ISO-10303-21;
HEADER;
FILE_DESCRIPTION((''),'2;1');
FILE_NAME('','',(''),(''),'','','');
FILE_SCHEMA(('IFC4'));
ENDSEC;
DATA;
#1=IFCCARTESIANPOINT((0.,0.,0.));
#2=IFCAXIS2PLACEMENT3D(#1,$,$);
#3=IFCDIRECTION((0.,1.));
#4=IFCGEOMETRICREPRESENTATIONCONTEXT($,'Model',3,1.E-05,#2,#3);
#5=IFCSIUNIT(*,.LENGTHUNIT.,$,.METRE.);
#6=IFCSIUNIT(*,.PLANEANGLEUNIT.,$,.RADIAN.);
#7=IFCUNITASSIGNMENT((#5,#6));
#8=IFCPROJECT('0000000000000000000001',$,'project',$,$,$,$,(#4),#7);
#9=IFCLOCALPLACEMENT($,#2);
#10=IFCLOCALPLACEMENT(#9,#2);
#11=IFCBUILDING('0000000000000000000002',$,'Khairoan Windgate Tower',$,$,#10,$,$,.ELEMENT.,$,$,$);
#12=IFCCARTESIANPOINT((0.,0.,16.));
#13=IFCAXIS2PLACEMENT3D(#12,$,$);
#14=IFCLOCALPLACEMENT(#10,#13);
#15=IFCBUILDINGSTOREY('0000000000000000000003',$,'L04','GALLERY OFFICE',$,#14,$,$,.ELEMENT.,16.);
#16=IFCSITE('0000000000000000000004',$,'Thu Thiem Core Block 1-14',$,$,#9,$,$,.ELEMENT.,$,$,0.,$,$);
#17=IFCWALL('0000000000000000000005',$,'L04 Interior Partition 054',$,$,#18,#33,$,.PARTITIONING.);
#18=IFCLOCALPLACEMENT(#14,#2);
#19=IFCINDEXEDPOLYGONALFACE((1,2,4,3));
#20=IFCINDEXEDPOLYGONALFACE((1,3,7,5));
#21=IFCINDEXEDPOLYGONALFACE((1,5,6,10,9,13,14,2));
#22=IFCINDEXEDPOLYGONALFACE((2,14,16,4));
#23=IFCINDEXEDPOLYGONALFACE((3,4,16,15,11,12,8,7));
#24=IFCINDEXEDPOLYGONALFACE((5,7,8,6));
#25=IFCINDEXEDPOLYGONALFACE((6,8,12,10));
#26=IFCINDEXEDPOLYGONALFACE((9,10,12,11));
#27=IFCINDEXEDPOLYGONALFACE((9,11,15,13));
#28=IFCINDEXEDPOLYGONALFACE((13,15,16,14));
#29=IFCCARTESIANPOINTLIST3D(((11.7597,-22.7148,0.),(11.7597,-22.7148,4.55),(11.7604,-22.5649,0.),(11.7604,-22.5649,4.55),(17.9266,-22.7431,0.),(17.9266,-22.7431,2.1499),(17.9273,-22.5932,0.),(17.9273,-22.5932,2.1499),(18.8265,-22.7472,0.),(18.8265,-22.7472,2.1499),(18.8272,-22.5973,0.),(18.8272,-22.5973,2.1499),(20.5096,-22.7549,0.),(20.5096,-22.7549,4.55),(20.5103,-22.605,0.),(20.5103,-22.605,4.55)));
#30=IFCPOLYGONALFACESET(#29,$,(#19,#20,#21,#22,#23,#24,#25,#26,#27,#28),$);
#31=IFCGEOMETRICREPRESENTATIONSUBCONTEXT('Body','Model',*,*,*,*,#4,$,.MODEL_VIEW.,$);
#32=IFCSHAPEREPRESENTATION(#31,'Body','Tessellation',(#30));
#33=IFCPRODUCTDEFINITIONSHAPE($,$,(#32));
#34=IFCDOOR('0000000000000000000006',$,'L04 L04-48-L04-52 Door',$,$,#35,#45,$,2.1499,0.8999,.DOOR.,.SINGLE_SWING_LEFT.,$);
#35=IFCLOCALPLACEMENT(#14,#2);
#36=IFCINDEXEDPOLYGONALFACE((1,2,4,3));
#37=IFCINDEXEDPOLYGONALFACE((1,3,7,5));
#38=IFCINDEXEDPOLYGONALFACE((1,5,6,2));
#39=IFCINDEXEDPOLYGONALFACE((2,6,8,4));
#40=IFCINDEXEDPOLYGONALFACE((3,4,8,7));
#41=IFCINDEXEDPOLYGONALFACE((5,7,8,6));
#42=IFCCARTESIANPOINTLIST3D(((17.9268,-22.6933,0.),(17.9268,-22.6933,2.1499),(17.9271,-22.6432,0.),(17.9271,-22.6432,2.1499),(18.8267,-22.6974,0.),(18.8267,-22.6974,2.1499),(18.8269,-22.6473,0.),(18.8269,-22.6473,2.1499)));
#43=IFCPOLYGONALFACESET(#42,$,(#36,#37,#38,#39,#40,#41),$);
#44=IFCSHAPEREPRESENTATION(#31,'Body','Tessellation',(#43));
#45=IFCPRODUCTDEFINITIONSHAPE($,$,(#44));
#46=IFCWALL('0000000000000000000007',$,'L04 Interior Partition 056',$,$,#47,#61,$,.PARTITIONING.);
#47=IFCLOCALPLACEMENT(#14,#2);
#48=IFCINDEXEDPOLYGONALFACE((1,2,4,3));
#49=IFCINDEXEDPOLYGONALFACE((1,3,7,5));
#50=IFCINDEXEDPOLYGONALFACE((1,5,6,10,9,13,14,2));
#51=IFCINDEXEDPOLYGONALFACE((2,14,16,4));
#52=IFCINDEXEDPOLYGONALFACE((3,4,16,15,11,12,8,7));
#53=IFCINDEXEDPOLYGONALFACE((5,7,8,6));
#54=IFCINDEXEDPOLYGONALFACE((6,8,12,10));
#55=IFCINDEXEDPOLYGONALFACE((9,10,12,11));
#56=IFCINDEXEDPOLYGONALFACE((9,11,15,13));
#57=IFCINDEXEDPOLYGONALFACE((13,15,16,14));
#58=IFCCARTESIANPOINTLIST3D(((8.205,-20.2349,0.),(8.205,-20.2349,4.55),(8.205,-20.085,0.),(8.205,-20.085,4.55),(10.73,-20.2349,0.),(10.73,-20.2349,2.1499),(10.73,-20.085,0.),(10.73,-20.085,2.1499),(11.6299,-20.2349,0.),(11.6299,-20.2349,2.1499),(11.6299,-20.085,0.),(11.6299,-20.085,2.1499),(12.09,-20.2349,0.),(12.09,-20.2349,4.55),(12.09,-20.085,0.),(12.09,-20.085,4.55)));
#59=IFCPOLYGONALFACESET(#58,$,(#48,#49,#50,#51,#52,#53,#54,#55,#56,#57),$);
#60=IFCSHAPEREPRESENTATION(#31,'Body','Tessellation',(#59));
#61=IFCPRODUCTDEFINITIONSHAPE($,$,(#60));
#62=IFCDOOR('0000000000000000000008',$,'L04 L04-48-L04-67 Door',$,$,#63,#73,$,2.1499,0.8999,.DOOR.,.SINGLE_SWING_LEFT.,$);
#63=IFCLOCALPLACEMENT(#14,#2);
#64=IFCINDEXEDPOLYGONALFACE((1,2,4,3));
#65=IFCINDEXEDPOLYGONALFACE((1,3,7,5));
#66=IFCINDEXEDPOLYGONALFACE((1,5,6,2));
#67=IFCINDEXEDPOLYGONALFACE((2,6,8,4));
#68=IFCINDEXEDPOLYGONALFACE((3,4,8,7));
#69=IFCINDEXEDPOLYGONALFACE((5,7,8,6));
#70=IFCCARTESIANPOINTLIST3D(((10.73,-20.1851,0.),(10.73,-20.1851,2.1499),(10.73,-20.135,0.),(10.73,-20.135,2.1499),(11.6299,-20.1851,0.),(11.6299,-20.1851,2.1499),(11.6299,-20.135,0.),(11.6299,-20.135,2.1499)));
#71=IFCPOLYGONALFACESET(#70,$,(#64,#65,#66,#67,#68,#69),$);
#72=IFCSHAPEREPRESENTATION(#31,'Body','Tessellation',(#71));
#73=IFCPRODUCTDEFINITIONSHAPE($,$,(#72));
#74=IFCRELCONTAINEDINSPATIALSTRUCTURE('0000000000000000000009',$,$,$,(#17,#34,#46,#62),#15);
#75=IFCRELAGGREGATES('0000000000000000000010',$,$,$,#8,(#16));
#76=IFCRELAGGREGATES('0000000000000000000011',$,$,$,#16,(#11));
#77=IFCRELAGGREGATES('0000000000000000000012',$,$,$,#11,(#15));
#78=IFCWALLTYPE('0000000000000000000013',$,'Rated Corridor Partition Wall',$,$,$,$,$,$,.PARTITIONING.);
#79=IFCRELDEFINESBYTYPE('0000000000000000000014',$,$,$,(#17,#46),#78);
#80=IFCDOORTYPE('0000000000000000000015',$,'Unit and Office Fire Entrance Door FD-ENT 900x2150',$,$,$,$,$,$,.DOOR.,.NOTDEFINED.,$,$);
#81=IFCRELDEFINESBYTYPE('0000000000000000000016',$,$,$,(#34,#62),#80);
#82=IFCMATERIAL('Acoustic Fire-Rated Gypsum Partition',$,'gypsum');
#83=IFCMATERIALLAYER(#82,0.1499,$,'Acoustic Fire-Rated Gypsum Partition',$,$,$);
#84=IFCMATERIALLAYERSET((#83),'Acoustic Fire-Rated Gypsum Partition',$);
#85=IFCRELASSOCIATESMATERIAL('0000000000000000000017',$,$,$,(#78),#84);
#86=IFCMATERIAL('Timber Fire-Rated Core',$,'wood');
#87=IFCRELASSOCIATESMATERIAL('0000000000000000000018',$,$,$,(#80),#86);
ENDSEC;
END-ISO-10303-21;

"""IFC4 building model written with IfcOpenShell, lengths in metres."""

from ifc_helpers import new_model, si_unit, direction, frame, frame_2d, origin, place, context, subcontext, project, spatial, rectangle, extrude, material, layer, layer_set, type_object, element, fill, save


model = new_model("IFC4")

# Units and contexts
model_context = context("Model", 3, precision=1e-05, world=origin(), true_north=direction((0.0, 1.0)))
body_context = subcontext(model_context, "Body", "Model", "MODEL_VIEW")
ifc_project = project(units=[si_unit("LENGTHUNIT", "METRE"), si_unit("PLANEANGLEUNIT", "RADIAN")], contexts=[model_context])

# Site, building, storey
site_placement = place(None, origin())
site = spatial("IfcSite", under=ifc_project, at=site_placement, Name="Thu Thiem Core Block 1-14", CompositionType="ELEMENT", RefElevation=0.0)
building_placement = place(site_placement, origin())
building = spatial("IfcBuilding", under=site, at=building_placement, Name="Khairoan Windgate Tower", CompositionType="ELEMENT")
storey_placement = place(building_placement, frame((0.0, 0.0, 16.0)))
storey = spatial("IfcBuildingStorey", under=building, at=storey_placement, Name="L04", Description="GALLERY OFFICE", CompositionType="ELEMENT", Elevation=16.0)

# Walls, openings, doors
ifc_material_1 = material(Name="Acoustic Fire-Rated Gypsum Partition", Category="gypsum")
ifc_layer_1 = layer(ifc_material_1, 0.1499, Name="Acoustic Fire-Rated Gypsum Partition")
ifc_layer_set_1 = layer_set([ifc_layer_1], Name="Acoustic Fire-Rated Gypsum Partition")
wall_type_1 = type_object("IfcWallType", Name="Rated Corridor Partition Wall", PredefinedType="PARTITIONING", material=ifc_layer_set_1)
ifc_material_2 = material(Name="Timber Fire-Rated Core", Category="wood")
door_type_1 = type_object("IfcDoorType", Name="Unit and Office Fire Entrance Door FD-ENT 900x2150", OperationType="NOTDEFINED", PredefinedType="DOOR", material=ifc_material_2)
wall_1_placement = place(storey_placement, frame((11.76, -22.6399, 0.0), z_axis=(0.0, 0.0, 1.0), x_axis=(0.99999, -0.004576, 0.0)))
wall_1 = element("IfcWall", 1, at=wall_1_placement, inside=storey, type_object=wall_type_1, Name="L04 Interior Partition 054", PredefinedType="PARTITIONING", context=body_context, shape_type="SweptSolid", body=[
    extrude(rectangle(XDim=8.75, YDim=0.1499, at=frame_2d((4.375, 0.0))), origin(), (0.0, 0.0, 1.0), 4.55),
])
opening_1_placement = place(wall_1_placement, frame((6.167, 0.0, 0.0)))
opening_1 = element("IfcOpeningElement", 2, at=opening_1_placement, cuts=wall_1, PredefinedType="OPENING", context=body_context, shape_type="SweptSolid", body=[
    extrude(rectangle(XDim=0.8999, YDim=2.1499, at=frame_2d((0.45, 1.075))), frame((0.0, 0.085, 0.0), z_axis=(0.0, -1.0, 0.0), x_axis=(1.0, 0.0, 0.0)), (0.0, 0.0, 1.0), 0.1699),
])
door_1_placement = place(opening_1_placement, origin())
door_1 = element("IfcDoor", 3, at=door_1_placement, inside=storey, type_object=door_type_1, Name="L04 L04-48-L04-52 Door", OperationType="SINGLE_SWING_LEFT", OverallHeight=2.1499, OverallWidth=0.8999, PredefinedType="DOOR", context=body_context, shape_type="SweptSolid", body=[
    extrude(rectangle(XDim=0.8999, YDim=2.1499, at=frame_2d((0.45, 1.075))), frame((0.0, 0.0249, 0.0), z_axis=(0.0, -1.0, 0.0), x_axis=(1.0, 0.0, 0.0)), (0.0, 0.0, 1.0), 0.05),
])
fill(opening_1, door_1)
wall_2_placement = place(storey_placement, frame((8.2051, -20.1599, 0.0), z_axis=(0.0, 0.0, 1.0), x_axis=(1.0, 0.0, 0.0)))
wall_2 = element("IfcWall", 4, at=wall_2_placement, inside=storey, type_object=wall_type_1, Name="L04 Interior Partition 056", PredefinedType="PARTITIONING", context=body_context, shape_type="SweptSolid", body=[
    extrude(rectangle(XDim=3.885, YDim=0.1499, at=frame_2d((1.9424, 0.0))), origin(), (0.0, 0.0, 1.0), 4.55),
])
opening_2_placement = place(wall_2_placement, frame((2.5249, 0.0, 0.0)))
opening_2 = element("IfcOpeningElement", 5, at=opening_2_placement, cuts=wall_2, PredefinedType="OPENING", context=body_context, shape_type="SweptSolid", body=[
    extrude(rectangle(XDim=0.8999, YDim=2.1499, at=frame_2d((0.45, 1.075))), frame((0.0, 0.085, 0.0), z_axis=(0.0, -1.0, 0.0), x_axis=(1.0, 0.0, 0.0)), (0.0, 0.0, 1.0), 0.1699),
])
door_2_placement = place(opening_2_placement, origin())
door_2 = element("IfcDoor", 6, at=door_2_placement, inside=storey, type_object=door_type_1, Name="L04 L04-48-L04-67 Door", OperationType="SINGLE_SWING_LEFT", OverallHeight=2.1499, OverallWidth=0.8999, PredefinedType="DOOR", context=body_context, shape_type="SweptSolid", body=[
    extrude(rectangle(XDim=0.8999, YDim=2.1499, at=frame_2d((0.45, 1.075))), frame((0.0, 0.0249, 0.0), z_axis=(0.0, -1.0, 0.0), x_axis=(1.0, 0.0, 0.0)), (0.0, 0.0, 1.0), 0.05),
])
fill(opening_2, door_2)

save(model, "model.ifc")
